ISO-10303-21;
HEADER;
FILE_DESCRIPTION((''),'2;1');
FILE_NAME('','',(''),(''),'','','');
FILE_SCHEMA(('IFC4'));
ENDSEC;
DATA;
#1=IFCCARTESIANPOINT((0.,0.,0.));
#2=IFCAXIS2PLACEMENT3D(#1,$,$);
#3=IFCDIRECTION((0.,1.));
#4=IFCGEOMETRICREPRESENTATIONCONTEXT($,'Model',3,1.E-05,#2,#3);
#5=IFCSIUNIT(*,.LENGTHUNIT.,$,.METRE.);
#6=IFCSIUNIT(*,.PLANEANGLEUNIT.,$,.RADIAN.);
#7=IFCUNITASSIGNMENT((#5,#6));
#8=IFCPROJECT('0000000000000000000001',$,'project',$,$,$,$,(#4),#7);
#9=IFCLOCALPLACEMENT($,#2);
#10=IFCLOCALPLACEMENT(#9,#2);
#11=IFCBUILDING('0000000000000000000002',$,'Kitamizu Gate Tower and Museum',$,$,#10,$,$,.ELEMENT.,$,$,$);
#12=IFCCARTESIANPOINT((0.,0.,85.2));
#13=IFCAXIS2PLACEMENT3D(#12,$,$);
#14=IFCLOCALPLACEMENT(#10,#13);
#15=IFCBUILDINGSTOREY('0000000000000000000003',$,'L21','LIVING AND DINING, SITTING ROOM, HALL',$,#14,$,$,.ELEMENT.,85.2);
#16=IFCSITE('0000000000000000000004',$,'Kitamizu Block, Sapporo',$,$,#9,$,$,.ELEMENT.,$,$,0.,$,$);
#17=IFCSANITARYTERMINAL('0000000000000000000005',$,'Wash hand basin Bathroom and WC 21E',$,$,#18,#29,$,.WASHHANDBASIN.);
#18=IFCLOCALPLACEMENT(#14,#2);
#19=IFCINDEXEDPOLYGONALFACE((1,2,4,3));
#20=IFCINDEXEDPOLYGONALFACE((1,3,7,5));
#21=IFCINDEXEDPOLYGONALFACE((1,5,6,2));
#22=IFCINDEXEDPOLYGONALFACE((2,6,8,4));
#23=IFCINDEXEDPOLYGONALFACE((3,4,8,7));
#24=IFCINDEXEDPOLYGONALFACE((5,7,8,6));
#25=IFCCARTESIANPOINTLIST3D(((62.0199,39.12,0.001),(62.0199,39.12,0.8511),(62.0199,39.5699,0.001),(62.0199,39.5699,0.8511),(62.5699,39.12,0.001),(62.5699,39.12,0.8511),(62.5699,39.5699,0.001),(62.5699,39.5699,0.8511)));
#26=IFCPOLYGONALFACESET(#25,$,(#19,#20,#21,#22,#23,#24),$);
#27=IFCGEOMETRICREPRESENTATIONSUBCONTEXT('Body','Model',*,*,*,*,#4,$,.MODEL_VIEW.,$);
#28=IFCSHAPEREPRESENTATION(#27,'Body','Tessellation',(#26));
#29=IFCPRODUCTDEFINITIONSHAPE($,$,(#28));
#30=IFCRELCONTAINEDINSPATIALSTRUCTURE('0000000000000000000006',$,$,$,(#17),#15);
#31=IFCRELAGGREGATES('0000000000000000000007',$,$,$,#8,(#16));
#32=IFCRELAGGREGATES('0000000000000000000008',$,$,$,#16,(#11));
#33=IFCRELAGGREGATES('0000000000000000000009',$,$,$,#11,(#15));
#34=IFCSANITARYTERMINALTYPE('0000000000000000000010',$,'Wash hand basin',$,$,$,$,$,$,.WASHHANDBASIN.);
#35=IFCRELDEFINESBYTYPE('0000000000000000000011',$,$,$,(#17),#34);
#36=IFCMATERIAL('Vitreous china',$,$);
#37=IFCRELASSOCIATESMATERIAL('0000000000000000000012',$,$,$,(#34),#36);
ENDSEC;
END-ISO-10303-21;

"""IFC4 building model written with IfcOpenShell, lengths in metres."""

from ifc_helpers import new_model, si_unit, direction, frame, origin, origin_2d, place, context, subcontext, project, spatial, rectangle, extrude, material, type_object, element, save


model = new_model("IFC4")

# Units and contexts
model_context = context("Model", 3, precision=1e-05, world=origin(), true_north=direction((0.0, 1.0)))
body_context = subcontext(model_context, "Body", "Model", "MODEL_VIEW")
ifc_project = project(units=[si_unit("LENGTHUNIT", "METRE"), si_unit("PLANEANGLEUNIT", "RADIAN")], contexts=[model_context])

# Site, building, storey
site_placement = place(None, origin())
site = spatial("IfcSite", under=ifc_project, at=site_placement, Name="Kitamizu Block, Sapporo", CompositionType="ELEMENT", RefElevation=0.0)
building_placement = place(site_placement, origin())
building = spatial("IfcBuilding", under=site, at=building_placement, Name="Kitamizu Gate Tower and Museum", CompositionType="ELEMENT")
storey_placement = place(building_placement, frame((0.0, 0.0, 85.2)))
storey = spatial("IfcBuildingStorey", under=building, at=storey_placement, Name="L21", Description="LIVING AND DINING, SITTING ROOM, HALL", CompositionType="ELEMENT", Elevation=85.2)

# Sanitary terminal
ifc_material_1 = material(Name="Vitreous china")
sanitary_terminal_type_1 = type_object("IfcSanitaryTerminalType", Name="Wash hand basin", PredefinedType="WASHHANDBASIN", material=ifc_material_1)
sanitary_terminal_1_placement = place(storey_placement, frame((62.2949, 39.345, 0.001), z_axis=(0.0, 0.0, 1.0), x_axis=(1.0, 0.0, 0.0)))
element("IfcSanitaryTerminal", 1, at=sanitary_terminal_1_placement, inside=storey, type_object=sanitary_terminal_type_1, Name="Wash hand basin Bathroom and WC 21E", PredefinedType="WASHHANDBASIN", context=body_context, shape_type="SweptSolid", body=[
    extrude(rectangle(XDim=0.55, YDim=0.45, at=origin_2d()), origin(), (0.0, 0.0, 1.0), 0.8501),
])

save(model, "model.ifc")
